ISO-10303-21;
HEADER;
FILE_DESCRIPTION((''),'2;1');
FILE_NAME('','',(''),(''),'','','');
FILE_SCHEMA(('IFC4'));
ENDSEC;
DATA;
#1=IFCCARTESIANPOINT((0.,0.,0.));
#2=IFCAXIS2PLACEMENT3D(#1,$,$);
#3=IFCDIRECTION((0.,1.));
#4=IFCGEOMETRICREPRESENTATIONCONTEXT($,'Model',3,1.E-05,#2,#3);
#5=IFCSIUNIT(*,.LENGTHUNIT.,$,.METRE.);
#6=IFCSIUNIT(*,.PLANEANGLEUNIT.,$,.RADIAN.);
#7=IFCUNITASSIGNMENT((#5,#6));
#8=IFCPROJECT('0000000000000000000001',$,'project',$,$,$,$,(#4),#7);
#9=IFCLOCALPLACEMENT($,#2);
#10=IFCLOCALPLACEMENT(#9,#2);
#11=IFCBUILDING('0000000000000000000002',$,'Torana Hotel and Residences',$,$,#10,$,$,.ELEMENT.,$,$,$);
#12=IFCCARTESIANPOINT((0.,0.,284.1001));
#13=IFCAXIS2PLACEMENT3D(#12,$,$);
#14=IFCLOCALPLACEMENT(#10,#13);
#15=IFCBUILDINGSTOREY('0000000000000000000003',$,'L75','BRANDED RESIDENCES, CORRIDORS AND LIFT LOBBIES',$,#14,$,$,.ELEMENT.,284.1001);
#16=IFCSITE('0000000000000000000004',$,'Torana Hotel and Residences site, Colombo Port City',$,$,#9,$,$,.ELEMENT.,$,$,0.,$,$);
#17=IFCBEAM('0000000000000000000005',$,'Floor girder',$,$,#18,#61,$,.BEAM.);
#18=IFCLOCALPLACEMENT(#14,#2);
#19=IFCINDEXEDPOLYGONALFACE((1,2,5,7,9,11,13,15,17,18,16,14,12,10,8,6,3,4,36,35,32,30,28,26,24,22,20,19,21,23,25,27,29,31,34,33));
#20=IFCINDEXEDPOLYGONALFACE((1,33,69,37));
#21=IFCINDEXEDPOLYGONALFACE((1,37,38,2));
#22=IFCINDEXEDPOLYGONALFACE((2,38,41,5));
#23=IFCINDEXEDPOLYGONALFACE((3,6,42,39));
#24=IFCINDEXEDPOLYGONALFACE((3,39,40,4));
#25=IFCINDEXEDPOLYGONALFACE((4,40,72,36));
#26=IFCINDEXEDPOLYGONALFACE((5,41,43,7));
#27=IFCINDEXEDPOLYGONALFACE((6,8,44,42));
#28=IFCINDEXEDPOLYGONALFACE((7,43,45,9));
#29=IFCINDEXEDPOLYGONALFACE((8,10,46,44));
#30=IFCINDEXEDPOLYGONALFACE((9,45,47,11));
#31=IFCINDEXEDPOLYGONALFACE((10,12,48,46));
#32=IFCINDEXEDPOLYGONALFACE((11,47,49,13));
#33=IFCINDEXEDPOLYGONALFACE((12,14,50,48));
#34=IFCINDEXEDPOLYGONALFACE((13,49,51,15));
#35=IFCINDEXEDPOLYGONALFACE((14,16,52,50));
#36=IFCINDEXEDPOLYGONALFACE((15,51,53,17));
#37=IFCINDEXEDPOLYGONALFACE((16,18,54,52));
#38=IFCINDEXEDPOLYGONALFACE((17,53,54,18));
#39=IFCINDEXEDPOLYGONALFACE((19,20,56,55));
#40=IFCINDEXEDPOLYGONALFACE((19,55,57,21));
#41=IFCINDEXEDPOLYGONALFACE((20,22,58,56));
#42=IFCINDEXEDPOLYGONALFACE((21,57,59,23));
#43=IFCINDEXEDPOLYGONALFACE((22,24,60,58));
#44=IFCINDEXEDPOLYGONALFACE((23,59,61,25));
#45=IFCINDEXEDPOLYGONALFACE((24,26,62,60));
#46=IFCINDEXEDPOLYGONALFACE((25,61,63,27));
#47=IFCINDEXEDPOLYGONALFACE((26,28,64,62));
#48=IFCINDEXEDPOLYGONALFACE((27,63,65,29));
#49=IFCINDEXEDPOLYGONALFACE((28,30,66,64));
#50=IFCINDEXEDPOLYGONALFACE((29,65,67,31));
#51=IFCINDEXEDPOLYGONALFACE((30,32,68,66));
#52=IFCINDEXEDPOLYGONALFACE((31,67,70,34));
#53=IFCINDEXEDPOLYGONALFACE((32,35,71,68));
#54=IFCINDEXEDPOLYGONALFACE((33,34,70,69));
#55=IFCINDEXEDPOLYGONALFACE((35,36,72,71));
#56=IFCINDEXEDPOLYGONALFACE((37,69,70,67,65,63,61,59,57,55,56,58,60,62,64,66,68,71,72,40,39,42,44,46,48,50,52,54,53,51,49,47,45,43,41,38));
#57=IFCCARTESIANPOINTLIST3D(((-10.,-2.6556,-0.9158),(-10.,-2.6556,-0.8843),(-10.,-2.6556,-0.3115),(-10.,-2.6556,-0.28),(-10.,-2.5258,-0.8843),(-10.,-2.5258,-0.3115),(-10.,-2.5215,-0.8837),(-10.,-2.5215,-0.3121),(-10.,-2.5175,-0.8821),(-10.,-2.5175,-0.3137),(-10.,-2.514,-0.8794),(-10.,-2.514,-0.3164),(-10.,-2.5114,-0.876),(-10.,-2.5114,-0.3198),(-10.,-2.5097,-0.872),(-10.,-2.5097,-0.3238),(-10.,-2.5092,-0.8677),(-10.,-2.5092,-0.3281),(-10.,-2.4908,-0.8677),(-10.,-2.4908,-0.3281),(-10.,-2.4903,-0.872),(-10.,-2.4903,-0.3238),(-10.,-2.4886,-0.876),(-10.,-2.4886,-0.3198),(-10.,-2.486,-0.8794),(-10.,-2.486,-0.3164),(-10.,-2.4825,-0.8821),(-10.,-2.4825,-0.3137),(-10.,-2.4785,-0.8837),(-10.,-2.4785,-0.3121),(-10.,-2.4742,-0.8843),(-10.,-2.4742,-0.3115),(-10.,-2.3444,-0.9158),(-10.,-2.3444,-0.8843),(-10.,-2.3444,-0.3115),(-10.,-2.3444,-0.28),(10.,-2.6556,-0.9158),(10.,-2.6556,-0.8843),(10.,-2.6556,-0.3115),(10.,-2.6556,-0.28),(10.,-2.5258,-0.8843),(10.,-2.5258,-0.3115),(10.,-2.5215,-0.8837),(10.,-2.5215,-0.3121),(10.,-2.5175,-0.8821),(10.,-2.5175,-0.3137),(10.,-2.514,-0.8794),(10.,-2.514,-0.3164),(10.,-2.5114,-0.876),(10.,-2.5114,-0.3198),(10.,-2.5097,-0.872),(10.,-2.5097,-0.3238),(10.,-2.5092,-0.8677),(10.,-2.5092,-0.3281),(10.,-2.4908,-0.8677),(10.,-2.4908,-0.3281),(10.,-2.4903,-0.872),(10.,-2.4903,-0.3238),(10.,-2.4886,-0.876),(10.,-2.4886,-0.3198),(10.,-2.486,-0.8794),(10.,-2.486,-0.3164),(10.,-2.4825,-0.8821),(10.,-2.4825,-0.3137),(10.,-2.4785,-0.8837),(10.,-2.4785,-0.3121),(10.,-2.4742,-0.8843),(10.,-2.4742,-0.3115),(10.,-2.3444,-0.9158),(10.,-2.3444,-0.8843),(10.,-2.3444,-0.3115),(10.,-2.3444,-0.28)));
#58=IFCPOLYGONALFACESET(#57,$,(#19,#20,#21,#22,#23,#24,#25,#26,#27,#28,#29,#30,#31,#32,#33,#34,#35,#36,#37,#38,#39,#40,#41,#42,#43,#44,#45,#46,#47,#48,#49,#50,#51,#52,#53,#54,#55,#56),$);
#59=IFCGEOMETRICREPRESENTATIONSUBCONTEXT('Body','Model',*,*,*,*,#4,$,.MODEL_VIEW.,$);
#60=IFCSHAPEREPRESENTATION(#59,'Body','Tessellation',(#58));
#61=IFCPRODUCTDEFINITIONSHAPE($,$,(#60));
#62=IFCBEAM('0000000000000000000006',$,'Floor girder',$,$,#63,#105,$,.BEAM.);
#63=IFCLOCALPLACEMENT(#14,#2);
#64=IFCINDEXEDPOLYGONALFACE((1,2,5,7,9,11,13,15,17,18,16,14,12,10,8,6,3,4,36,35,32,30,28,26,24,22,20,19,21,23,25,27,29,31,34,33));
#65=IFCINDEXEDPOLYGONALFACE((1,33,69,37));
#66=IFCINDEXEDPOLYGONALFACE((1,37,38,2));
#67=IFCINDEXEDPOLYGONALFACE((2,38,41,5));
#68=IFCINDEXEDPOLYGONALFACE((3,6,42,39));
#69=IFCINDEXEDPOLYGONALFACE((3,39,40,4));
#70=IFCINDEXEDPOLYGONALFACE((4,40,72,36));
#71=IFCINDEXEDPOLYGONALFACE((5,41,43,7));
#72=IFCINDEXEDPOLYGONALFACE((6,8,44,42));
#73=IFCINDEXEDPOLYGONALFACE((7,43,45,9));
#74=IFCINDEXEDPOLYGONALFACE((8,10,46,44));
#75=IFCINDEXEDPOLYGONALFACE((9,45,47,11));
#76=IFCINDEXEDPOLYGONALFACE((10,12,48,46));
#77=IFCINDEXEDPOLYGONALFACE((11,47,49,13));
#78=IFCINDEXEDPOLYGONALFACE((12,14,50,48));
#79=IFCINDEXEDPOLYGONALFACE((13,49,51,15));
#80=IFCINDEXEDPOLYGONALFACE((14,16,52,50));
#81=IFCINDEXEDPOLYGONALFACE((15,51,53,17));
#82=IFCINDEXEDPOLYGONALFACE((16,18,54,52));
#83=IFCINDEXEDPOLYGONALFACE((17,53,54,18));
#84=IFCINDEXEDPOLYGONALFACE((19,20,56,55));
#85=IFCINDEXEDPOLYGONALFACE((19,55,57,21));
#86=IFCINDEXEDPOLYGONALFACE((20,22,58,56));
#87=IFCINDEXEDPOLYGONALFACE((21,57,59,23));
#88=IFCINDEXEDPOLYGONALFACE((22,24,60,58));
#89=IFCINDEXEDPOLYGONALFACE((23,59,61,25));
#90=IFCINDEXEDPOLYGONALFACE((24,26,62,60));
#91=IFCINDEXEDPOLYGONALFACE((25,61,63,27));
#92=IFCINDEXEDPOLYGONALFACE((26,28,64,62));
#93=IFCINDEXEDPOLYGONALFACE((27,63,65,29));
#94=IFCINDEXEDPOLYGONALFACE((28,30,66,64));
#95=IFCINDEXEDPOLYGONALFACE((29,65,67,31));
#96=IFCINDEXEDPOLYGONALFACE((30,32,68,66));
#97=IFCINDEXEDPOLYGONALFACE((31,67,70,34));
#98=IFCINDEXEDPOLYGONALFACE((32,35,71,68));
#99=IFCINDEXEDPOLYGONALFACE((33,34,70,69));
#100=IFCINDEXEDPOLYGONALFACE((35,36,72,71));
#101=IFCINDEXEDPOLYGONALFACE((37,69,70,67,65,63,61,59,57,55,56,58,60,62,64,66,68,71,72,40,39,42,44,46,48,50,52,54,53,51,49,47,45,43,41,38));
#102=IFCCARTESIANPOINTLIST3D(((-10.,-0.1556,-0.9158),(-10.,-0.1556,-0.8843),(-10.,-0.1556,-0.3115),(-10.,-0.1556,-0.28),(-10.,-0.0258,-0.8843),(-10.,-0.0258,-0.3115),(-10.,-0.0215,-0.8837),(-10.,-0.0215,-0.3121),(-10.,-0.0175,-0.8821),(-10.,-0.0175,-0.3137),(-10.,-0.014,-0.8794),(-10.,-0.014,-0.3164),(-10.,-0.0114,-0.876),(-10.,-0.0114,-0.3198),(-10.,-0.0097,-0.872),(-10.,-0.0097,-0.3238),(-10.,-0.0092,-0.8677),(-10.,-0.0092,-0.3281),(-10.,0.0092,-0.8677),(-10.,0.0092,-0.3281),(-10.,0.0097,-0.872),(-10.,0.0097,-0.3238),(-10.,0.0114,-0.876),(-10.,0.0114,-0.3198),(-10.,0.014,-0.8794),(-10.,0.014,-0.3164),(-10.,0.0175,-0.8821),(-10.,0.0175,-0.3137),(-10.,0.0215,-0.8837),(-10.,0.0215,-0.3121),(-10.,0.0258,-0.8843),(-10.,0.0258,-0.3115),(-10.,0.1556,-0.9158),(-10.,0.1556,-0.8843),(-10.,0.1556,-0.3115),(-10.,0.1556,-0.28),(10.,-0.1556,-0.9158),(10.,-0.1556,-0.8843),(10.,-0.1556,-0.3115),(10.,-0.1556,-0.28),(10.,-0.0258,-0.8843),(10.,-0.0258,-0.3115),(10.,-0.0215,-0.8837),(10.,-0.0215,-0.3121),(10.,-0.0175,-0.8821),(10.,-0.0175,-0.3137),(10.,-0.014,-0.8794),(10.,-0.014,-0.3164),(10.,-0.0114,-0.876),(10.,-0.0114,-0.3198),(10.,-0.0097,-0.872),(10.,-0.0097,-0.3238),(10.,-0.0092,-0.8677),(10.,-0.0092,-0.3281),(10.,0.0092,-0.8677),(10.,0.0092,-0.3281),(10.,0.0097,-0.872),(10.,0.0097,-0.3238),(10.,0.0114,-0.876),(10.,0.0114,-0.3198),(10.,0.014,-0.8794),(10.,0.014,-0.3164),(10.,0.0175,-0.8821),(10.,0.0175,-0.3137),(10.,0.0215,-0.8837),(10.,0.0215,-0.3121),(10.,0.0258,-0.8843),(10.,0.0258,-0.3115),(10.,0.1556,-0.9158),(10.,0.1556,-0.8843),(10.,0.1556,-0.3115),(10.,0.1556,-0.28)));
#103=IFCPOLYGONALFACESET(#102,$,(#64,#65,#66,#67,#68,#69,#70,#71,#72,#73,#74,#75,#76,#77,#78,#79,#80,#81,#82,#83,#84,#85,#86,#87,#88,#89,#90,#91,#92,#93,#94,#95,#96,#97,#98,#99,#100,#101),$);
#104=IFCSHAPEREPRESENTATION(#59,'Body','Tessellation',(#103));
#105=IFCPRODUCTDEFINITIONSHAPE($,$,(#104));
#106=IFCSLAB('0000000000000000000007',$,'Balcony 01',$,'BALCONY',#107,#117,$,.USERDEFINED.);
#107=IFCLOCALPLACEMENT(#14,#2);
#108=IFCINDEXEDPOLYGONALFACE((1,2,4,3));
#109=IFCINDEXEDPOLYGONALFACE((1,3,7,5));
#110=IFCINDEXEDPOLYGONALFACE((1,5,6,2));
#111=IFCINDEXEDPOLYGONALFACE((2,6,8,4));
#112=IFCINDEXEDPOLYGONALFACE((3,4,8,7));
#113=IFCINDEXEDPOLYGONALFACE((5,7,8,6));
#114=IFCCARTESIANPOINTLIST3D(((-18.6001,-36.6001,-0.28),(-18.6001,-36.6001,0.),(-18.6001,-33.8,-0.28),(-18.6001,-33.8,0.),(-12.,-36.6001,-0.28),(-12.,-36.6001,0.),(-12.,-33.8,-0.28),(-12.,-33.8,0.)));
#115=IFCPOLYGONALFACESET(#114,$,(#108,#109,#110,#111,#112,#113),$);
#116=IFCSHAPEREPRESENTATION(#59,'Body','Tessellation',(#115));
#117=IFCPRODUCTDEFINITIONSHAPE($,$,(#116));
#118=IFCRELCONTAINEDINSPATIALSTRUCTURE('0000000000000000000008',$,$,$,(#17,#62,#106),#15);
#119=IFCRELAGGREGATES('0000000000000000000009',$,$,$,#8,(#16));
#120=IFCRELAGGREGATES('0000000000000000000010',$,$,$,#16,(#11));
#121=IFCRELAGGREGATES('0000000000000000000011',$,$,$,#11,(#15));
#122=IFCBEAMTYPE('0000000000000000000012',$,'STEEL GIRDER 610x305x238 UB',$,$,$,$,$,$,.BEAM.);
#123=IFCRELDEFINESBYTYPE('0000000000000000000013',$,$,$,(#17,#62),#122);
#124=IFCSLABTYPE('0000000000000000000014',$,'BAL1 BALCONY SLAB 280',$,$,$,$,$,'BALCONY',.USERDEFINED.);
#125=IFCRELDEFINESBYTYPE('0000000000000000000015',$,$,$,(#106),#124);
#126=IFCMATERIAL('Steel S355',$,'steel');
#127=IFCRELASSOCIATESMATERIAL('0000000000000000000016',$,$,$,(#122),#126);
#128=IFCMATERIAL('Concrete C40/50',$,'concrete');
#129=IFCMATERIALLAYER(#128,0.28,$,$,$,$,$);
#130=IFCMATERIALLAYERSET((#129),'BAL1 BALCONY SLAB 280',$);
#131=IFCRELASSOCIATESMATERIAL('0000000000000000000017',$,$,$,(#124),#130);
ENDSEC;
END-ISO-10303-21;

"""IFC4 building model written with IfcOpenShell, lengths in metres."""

from ifc_helpers import new_model, si_unit, direction, frame, origin, origin_2d, place, context, subcontext, project, spatial, polyline, i_section, outline, extrude, material, layer, layer_set, material_profile, profile_set, type_object, element, save


model = new_model("IFC4")

# Units and contexts
model_context = context("Model", 3, precision=1e-05, world=origin(), true_north=direction((0.0, 1.0)))
body_context = subcontext(model_context, "Body", "Model", "MODEL_VIEW")
ifc_project = project(units=[si_unit("LENGTHUNIT", "METRE"), si_unit("PLANEANGLEUNIT", "RADIAN")], contexts=[model_context])

# Site, building, storey
site_placement = place(None, origin())
site = spatial("IfcSite", under=ifc_project, at=site_placement, Name="Torana Hotel and Residences site, Colombo Port City", CompositionType="ELEMENT", RefElevation=0.0)
building_placement = place(site_placement, origin())
building = spatial("IfcBuilding", under=site, at=building_placement, Name="Torana Hotel and Residences", CompositionType="ELEMENT")
storey_placement = place(building_placement, frame((0.0, 0.0, 284.1001)))
storey = spatial("IfcBuildingStorey", under=building, at=storey_placement, Name="L75", Description="BRANDED RESIDENCES, CORRIDORS AND LIFT LOBBIES", CompositionType="ELEMENT", Elevation=284.1001)

# Beams
ifc_material_1 = material(Name="Steel S355", Category="steel")
ifc_material_profile = material_profile(ifc_material_1, i_section(OverallWidth=0.3113, OverallDepth=0.6357, WebThickness=0.0183, FlangeThickness=0.0315, FilletRadius=0.0166, at=origin_2d()), Name="610x305x238 UB")
ifc_profile_set = profile_set([ifc_material_profile], Name="Steel S355")
beam_type = type_object("IfcBeamType", Name="STEEL GIRDER 610x305x238 UB", PredefinedType="BEAM", material=ifc_profile_set)
for number, where, z_axis, x_axis, name in (
    (1, (-10.0, -2.5, -0.5979), (1.0, 0.0, 0.0), (0.0, 1.0, 0.0), "Floor girder"),
    (2, (-10.0, 0.0, -0.5979), (1.0, 0.0, 0.0), (0.0, 1.0, 0.0), "Floor girder"),
):
    element("IfcBeam", number, at=place(storey_placement, frame(where, z_axis=z_axis, x_axis=x_axis)), inside=storey, type_object=beam_type, Name=name, PredefinedType="BEAM", context=body_context, shape_type="SweptSolid", body=[
        extrude(i_section(OverallWidth=0.3113, OverallDepth=0.6357, WebThickness=0.0183, FlangeThickness=0.0315, FilletRadius=0.0166, at=origin_2d()), origin(), (0.0, 0.0, 1.0), 20.0),
    ])

# Slab
ifc_material_2 = material(Name="Concrete C40/50", Category="concrete")
ifc_layer_1 = layer(ifc_material_2, 0.28)
ifc_layer_set_1 = layer_set([ifc_layer_1], Name="BAL1 BALCONY SLAB 280")
slab_type_1 = type_object("IfcSlabType", Name="BAL1 BALCONY SLAB 280", ElementType="BALCONY", PredefinedType="USERDEFINED", material=ifc_layer_set_1)
slab_1_placement = place(storey_placement, frame((0.0, 0.0, -0.28)))
element("IfcSlab", 3, at=slab_1_placement, inside=storey, type_object=slab_type_1, Name="Balcony 01", ObjectType="BALCONY", PredefinedType="USERDEFINED", context=body_context, shape_type="SweptSolid", body=[
    extrude(outline(polyline([(-18.6001, -36.6001), (-12.0, -36.6001), (-12.0, -33.8), (-18.6001, -33.8), (-18.6001, -36.6001)])), origin(), (0.0, 0.0, 1.0), 0.28),
])

save(model, "model.ifc")
